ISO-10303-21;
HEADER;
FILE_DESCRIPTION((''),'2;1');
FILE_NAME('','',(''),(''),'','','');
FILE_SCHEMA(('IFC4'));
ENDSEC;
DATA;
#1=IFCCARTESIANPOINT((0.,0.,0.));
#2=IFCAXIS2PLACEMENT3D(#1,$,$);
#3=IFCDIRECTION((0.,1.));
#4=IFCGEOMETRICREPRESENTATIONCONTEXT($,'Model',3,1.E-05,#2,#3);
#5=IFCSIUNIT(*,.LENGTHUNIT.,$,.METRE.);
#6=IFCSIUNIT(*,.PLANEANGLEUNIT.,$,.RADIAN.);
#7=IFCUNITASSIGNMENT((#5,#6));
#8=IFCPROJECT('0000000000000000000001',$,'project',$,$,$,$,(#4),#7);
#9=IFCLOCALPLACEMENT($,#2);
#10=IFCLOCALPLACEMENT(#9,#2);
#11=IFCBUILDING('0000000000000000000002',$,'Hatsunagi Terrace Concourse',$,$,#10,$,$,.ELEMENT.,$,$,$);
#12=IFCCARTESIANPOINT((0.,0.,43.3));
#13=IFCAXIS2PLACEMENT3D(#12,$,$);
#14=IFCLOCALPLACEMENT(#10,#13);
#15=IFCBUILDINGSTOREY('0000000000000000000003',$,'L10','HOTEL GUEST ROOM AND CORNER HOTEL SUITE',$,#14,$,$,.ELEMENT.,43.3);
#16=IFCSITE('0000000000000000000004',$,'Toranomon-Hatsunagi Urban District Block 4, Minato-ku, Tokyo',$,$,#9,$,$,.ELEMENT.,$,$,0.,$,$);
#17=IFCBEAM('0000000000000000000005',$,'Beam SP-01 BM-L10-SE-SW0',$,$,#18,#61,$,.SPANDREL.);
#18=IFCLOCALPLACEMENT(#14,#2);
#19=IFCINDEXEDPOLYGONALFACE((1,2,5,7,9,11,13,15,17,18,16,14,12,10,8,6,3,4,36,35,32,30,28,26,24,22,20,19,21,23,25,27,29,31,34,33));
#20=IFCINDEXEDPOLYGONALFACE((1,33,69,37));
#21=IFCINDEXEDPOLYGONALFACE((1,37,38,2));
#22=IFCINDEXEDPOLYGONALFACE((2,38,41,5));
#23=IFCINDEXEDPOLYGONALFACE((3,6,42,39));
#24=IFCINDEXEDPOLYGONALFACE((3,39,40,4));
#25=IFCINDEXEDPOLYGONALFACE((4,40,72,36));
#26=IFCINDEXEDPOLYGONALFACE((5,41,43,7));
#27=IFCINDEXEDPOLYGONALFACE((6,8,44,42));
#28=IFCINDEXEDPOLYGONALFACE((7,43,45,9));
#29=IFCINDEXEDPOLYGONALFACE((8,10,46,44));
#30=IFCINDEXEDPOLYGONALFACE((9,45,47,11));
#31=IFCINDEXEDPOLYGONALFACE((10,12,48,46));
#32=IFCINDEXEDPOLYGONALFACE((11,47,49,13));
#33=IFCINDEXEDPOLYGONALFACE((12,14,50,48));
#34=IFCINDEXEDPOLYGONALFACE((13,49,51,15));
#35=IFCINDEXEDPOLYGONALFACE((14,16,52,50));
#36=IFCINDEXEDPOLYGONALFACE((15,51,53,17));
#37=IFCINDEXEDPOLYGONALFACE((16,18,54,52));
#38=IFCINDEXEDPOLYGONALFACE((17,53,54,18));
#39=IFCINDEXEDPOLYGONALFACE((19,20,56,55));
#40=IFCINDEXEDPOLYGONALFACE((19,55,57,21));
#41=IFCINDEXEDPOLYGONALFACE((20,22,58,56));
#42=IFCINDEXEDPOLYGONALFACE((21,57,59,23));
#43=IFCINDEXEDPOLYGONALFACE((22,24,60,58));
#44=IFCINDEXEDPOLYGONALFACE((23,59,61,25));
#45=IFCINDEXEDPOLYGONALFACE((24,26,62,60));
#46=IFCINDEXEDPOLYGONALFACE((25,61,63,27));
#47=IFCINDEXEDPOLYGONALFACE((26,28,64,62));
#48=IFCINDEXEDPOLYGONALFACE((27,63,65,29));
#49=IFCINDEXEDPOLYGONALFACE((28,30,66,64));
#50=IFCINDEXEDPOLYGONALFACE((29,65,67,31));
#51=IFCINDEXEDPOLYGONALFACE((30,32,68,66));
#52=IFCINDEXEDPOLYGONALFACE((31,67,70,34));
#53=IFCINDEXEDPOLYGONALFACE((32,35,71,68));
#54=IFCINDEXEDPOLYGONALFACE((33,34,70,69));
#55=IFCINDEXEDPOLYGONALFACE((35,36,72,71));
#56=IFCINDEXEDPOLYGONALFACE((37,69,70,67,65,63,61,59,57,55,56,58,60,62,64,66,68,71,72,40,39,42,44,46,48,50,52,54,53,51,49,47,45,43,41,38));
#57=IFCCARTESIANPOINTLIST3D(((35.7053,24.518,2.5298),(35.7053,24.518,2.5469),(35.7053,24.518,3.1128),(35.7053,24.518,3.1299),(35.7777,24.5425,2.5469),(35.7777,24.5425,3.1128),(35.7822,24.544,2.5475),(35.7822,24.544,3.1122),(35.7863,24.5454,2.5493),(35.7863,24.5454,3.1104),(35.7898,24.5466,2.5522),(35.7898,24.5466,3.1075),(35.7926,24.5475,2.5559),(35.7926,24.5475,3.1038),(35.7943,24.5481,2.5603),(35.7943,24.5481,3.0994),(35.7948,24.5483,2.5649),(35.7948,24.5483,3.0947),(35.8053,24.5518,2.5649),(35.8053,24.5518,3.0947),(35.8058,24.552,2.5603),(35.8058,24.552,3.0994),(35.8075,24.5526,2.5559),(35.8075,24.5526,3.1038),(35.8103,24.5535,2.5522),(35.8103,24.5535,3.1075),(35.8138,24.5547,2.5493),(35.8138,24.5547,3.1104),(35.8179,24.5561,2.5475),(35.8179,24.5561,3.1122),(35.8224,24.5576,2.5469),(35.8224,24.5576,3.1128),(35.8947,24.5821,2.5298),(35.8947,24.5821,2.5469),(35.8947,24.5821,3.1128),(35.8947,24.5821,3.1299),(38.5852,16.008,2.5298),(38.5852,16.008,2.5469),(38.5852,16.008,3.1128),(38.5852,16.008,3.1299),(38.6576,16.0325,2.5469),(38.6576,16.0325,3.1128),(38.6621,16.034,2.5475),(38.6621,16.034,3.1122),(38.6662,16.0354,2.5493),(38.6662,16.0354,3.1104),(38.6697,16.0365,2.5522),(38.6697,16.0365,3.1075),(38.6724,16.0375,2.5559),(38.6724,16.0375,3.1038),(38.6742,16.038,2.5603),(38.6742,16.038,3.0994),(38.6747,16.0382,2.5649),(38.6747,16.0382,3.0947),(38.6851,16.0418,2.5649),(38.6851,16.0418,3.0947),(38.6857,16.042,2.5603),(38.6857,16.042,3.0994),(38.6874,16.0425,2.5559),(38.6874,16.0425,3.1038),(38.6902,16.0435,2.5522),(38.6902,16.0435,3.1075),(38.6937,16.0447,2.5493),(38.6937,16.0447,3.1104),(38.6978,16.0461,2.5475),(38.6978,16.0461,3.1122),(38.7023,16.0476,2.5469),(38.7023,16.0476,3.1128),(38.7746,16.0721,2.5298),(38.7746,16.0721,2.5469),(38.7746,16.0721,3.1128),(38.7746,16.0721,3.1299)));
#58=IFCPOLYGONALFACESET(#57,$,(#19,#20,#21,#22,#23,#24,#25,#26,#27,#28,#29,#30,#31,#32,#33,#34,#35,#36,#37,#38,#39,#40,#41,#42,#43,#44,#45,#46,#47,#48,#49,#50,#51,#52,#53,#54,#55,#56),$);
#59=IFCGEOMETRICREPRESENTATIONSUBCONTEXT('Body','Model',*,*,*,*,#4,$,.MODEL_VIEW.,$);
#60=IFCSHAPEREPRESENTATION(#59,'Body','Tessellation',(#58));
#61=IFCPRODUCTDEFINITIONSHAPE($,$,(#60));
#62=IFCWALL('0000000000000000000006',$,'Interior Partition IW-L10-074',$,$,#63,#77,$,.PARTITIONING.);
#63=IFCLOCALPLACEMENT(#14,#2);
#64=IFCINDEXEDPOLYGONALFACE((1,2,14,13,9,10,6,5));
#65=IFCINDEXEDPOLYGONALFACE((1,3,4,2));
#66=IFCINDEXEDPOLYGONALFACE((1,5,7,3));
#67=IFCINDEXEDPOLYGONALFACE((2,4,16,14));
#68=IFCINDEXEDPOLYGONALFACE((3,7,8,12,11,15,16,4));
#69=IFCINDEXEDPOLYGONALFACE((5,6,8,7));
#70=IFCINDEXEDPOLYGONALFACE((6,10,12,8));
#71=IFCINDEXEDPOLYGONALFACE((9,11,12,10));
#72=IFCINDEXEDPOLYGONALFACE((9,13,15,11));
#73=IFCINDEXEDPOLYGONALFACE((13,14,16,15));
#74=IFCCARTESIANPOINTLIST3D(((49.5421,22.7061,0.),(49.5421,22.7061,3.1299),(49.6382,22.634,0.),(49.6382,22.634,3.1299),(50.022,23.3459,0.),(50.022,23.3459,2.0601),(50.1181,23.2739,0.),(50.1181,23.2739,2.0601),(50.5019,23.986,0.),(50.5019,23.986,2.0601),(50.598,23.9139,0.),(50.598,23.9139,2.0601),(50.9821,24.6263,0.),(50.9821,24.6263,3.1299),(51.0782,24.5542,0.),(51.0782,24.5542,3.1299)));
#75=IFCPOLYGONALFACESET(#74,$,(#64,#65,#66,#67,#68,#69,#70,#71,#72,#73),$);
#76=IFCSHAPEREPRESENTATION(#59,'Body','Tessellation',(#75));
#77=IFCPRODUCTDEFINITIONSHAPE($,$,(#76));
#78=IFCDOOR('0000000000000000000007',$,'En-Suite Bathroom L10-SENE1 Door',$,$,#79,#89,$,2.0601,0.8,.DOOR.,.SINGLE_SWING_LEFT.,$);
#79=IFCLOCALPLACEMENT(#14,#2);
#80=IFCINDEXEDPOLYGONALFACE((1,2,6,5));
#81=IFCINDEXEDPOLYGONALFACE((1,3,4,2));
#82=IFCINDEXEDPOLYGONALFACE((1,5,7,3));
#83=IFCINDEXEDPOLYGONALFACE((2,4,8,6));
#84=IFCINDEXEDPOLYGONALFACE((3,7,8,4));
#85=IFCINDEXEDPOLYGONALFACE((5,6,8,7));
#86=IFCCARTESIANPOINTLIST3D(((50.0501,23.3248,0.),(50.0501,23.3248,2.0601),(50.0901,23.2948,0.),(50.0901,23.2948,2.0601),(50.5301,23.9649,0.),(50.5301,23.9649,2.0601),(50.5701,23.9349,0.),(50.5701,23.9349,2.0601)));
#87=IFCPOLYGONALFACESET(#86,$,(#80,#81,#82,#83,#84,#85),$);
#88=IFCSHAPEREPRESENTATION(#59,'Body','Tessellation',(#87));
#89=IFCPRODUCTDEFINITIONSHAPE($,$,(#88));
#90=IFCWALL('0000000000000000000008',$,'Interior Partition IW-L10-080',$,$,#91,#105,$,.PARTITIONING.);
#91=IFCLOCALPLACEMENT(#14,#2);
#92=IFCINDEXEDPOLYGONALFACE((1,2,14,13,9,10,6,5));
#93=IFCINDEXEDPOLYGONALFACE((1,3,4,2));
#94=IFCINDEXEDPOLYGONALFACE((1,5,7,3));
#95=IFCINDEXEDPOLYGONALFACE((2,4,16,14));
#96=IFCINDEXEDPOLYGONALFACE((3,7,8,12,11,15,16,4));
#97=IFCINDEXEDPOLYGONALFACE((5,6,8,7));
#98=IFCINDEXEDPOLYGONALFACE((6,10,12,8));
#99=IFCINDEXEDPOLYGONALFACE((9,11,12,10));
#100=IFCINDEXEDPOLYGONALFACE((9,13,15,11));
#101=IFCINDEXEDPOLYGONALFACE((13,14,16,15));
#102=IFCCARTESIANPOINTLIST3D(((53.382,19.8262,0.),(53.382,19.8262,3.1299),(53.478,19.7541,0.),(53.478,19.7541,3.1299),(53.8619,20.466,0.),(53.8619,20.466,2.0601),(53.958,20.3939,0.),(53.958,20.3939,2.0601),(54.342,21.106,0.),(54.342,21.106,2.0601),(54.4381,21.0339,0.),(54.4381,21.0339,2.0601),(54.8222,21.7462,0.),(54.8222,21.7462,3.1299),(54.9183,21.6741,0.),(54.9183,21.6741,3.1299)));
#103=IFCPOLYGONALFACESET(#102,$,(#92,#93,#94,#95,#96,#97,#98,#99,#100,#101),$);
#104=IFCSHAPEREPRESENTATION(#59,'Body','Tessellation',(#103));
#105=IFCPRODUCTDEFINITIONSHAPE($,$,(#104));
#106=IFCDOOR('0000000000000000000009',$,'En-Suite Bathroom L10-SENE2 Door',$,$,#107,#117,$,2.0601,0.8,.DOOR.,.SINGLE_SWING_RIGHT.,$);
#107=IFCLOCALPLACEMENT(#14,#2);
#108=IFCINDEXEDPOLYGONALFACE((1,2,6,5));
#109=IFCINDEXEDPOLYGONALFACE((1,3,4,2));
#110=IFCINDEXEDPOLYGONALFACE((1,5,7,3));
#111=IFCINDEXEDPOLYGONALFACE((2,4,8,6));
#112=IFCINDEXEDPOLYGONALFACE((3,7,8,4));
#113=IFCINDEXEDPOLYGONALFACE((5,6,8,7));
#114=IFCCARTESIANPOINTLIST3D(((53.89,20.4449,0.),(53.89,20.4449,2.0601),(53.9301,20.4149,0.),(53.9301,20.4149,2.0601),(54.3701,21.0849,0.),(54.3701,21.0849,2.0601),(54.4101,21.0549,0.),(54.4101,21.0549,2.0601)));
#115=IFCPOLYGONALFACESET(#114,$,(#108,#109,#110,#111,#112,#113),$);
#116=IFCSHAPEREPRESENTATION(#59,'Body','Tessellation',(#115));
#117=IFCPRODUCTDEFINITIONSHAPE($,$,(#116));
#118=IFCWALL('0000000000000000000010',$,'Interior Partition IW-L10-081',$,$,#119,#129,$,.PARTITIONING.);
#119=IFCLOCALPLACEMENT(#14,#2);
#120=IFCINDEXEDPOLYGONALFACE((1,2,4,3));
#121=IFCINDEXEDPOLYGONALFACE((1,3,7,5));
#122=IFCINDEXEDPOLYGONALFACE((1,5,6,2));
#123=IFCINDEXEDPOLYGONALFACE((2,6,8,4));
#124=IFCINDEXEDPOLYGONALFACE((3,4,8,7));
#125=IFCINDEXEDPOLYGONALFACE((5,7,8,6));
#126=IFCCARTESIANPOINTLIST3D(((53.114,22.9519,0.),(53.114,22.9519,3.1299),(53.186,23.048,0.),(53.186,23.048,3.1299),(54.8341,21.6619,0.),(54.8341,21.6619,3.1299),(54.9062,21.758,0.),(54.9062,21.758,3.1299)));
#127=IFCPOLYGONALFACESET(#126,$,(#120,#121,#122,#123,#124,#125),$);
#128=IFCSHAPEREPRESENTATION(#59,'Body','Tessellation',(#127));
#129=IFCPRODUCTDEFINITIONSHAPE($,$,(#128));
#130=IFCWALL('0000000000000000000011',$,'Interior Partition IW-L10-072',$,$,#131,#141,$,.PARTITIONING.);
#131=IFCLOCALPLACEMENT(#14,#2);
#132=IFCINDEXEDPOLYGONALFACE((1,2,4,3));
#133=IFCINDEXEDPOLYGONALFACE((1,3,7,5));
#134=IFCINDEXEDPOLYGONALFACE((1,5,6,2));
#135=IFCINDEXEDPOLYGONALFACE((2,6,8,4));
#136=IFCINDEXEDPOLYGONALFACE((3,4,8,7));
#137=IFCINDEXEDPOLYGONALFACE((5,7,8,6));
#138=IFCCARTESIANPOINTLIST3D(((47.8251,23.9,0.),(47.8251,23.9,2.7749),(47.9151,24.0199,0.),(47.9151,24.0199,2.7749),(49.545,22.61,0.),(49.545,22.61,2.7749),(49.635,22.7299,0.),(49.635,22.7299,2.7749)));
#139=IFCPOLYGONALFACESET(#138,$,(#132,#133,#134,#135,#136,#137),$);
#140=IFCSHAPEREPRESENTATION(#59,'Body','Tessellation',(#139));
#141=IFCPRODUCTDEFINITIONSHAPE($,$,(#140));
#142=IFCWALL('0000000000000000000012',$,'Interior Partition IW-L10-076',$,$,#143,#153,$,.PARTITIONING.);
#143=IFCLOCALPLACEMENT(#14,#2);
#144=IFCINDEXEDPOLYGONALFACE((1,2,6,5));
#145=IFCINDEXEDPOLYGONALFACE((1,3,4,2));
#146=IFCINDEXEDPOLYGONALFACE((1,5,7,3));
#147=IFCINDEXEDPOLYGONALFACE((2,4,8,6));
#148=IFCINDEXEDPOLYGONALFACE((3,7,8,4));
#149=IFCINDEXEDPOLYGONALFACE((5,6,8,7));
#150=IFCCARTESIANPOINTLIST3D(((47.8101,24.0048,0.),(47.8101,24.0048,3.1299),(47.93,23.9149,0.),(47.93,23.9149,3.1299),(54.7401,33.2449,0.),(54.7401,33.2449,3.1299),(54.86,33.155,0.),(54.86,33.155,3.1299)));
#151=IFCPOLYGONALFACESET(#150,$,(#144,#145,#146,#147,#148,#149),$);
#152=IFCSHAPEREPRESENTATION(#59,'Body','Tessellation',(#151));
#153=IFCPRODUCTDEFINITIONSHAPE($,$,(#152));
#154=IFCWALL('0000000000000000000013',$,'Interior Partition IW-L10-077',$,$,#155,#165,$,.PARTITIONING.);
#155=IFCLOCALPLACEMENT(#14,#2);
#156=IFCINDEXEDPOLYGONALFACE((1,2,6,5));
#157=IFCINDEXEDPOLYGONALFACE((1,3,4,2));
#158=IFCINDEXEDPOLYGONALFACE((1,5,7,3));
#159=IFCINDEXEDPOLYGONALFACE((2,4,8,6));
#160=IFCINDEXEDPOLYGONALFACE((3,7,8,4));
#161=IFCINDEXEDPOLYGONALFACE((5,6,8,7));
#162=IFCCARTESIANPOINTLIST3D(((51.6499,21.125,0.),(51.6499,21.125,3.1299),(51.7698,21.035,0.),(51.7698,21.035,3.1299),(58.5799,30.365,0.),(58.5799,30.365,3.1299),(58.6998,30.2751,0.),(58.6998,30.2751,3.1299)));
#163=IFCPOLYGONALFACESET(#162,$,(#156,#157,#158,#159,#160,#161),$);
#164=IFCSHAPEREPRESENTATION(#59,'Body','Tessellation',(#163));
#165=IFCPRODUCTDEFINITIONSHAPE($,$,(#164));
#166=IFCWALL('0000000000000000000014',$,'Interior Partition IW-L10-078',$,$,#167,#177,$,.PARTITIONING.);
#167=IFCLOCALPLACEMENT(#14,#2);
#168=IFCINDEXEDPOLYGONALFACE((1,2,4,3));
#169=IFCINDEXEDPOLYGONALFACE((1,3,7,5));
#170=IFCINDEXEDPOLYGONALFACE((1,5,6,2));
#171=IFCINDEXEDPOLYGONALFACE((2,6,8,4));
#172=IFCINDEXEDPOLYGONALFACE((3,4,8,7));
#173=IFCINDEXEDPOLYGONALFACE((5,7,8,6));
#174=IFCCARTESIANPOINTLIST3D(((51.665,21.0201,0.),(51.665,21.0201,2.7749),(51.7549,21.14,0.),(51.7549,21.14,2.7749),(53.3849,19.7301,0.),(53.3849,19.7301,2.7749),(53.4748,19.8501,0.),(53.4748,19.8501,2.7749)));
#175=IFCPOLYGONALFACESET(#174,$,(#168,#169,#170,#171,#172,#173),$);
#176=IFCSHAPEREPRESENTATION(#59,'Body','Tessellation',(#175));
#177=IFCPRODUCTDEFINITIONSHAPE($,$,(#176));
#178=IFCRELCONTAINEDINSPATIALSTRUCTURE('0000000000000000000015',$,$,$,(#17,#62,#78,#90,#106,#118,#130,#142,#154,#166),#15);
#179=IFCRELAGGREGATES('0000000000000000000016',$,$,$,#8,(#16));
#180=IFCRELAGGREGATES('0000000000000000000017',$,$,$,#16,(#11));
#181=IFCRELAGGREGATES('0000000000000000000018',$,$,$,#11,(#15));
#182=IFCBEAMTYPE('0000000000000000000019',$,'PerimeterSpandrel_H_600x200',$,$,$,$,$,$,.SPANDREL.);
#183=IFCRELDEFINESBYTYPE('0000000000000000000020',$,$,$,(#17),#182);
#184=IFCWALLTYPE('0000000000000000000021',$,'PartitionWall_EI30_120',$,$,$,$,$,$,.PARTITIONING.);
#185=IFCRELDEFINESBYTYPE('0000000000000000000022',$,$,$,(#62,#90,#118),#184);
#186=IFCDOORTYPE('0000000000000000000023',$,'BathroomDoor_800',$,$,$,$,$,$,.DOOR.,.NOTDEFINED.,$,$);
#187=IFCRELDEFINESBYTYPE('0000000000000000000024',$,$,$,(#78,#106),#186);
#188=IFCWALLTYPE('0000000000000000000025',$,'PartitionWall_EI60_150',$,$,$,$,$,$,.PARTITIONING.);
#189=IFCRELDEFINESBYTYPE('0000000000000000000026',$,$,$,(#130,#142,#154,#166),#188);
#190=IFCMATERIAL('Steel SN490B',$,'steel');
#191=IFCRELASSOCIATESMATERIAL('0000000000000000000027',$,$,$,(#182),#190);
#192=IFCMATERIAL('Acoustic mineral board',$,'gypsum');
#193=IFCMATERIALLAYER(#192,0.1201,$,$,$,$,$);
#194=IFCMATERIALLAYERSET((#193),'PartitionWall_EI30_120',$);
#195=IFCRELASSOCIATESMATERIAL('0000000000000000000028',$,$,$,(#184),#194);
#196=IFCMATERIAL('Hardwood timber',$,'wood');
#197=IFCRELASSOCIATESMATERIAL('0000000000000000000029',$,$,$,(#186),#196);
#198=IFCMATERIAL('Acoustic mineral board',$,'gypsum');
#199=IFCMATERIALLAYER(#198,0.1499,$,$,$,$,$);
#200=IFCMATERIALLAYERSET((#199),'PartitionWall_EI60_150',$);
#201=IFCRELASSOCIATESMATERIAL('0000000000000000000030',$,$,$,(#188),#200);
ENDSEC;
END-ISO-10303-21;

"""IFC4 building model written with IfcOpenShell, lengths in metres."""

from ifc_helpers import new_model, si_unit, direction, frame, frame_2d, origin, origin_2d, place, context, subcontext, project, spatial, rectangle, i_section, extrude, material, layer, layer_set, material_profile, profile_set, type_object, element, fill, save


model = new_model("IFC4")

# Units and contexts
model_context = context("Model", 3, precision=1e-05, world=origin(), true_north=direction((0.0, 1.0)))
body_context = subcontext(model_context, "Body", "Model", "MODEL_VIEW")
ifc_project = project(units=[si_unit("LENGTHUNIT", "METRE"), si_unit("PLANEANGLEUNIT", "RADIAN")], contexts=[model_context])

# Site, building, storey
site_placement = place(None, origin())
site = spatial("IfcSite", under=ifc_project, at=site_placement, Name="Toranomon-Hatsunagi Urban District Block 4, Minato-ku, Tokyo", CompositionType="ELEMENT", RefElevation=0.0)
building_placement = place(site_placement, origin())
building = spatial("IfcBuilding", under=site, at=building_placement, Name="Hatsunagi Terrace Concourse", CompositionType="ELEMENT")
storey_placement = place(building_placement, frame((0.0, 0.0, 43.3)))
storey = spatial("IfcBuildingStorey", under=building, at=storey_placement, Name="L10", Description="HOTEL GUEST ROOM AND CORNER HOTEL SUITE", CompositionType="ELEMENT", Elevation=43.3)

# Beam
ifc_material_1 = material(Name="Steel SN490B", Category="steel")
ifc_material_profile_1 = material_profile(ifc_material_1, i_section(OverallWidth=0.2, OverallDepth=0.6001, WebThickness=0.011, FlangeThickness=0.0171, FilletRadius=0.0181, at=origin_2d()), Name="H-600x200x11x17")
ifc_profile_set_1 = profile_set([ifc_material_profile_1], Name="Steel SN490B")
beam_type_1 = type_object("IfcBeamType", Name="PerimeterSpandrel_H_600x200", PredefinedType="SPANDREL", material=ifc_profile_set_1)
beam_1_placement = place(storey_placement, frame((35.8, 24.55, 2.8298), z_axis=(0.320553, -0.94723, 0.0), x_axis=(0.94723, 0.320553, 0.0)))
element("IfcBeam", 1, at=beam_1_placement, inside=storey, type_object=beam_type_1, Name="Beam SP-01 BM-L10-SE-SW0", PredefinedType="SPANDREL", context=body_context, shape_type="SweptSolid", body=[
    extrude(i_section(OverallWidth=0.2, OverallDepth=0.6001, WebThickness=0.011, FlangeThickness=0.0171, FilletRadius=0.0181, at=origin_2d()), origin(), (0.0, 0.0, 1.0), 8.9841),
])

# Walls, openings, doors
ifc_material_2 = material(Name="Acoustic mineral board", Category="gypsum")
ifc_layer_1 = layer(ifc_material_2, 0.1201)
ifc_layer_set_1 = layer_set([ifc_layer_1], Name="PartitionWall_EI30_120")
wall_type_1 = type_object("IfcWallType", Name="PartitionWall_EI30_120", PredefinedType="PARTITIONING", material=ifc_layer_set_1)
wall_1_placement = place(storey_placement, frame((49.5901, 22.6699, 0.0), z_axis=(0.0, 0.0, 1.0), x_axis=(0.599951, 0.800037, 0.0)))
wall_1 = element("IfcWall", 2, at=wall_1_placement, inside=storey, type_object=wall_type_1, Name="Interior Partition IW-L10-074", PredefinedType="PARTITIONING", context=body_context, shape_type="SweptSolid", body=[
    extrude(rectangle(XDim=2.4001, YDim=0.1201, at=frame_2d((1.2002, 0.0))), origin(), (0.0, 0.0, 1.0), 3.1299),
])
opening_1_placement = place(wall_1_placement, frame((0.8, 0.0, 0.0)))
opening_1 = element("IfcOpeningElement", 3, at=opening_1_placement, cuts=wall_1, PredefinedType="OPENING", context=body_context, shape_type="SweptSolid", body=[
    extrude(rectangle(XDim=0.8, YDim=2.0601, at=frame_2d((0.3999, 1.03))), frame((0.0, 0.0701, 0.0), z_axis=(0.0, -1.0, 0.0), x_axis=(1.0, 0.0, 0.0)), (0.0, 0.0, 1.0), 0.1401),
])
ifc_material_3 = material(Name="Hardwood timber", Category="wood")
door_type_1 = type_object("IfcDoorType", Name="BathroomDoor_800", OperationType="NOTDEFINED", PredefinedType="DOOR", material=ifc_material_3)
door_1_placement = place(opening_1_placement, origin())
door_1 = element("IfcDoor", 4, at=door_1_placement, inside=storey, type_object=door_type_1, Name="En-Suite Bathroom L10-SENE1 Door", OperationType="SINGLE_SWING_LEFT", OverallHeight=2.0601, OverallWidth=0.8, PredefinedType="DOOR", context=body_context, shape_type="SweptSolid", body=[
    extrude(rectangle(XDim=0.8, YDim=2.0601, at=frame_2d((0.3999, 1.03))), frame((0.0, 0.0249, 0.0), z_axis=(0.0, -1.0, 0.0), x_axis=(1.0, 0.0, 0.0)), (0.0, 0.0, 1.0), 0.05),
])
fill(opening_1, door_1)
wall_2_placement = place(storey_placement, frame((53.4299, 19.79, 0.0), z_axis=(0.0, 0.0, 1.0), x_axis=(0.600065, 0.799951, 0.0)))
wall_2 = element("IfcWall", 5, at=wall_2_placement, inside=storey, type_object=wall_type_1, Name="Interior Partition IW-L10-080", PredefinedType="PARTITIONING", context=body_context, shape_type="SweptSolid", body=[
    extrude(rectangle(XDim=2.4001, YDim=0.1201, at=frame_2d((1.2002, 0.0))), origin(), (0.0, 0.0, 1.0), 3.1299),
])
opening_2_placement = place(wall_2_placement, frame((0.8, 0.0, 0.0)))
opening_2 = element("IfcOpeningElement", 6, at=opening_2_placement, cuts=wall_2, PredefinedType="OPENING", context=body_context, shape_type="SweptSolid", body=[
    extrude(rectangle(XDim=0.8, YDim=2.0601, at=frame_2d((0.3999, 1.03))), frame((0.0, 0.0701, 0.0), z_axis=(0.0, -1.0, 0.0), x_axis=(1.0, 0.0, 0.0)), (0.0, 0.0, 1.0), 0.1401),
])
door_2_placement = place(opening_2_placement, origin())
door_2 = element("IfcDoor", 7, at=door_2_placement, inside=storey, type_object=door_type_1, Name="En-Suite Bathroom L10-SENE2 Door", OperationType="SINGLE_SWING_RIGHT", OverallHeight=2.0601, OverallWidth=0.8, PredefinedType="DOOR", context=body_context, shape_type="SweptSolid", body=[
    extrude(rectangle(XDim=0.8, YDim=2.0601, at=frame_2d((0.3999, 1.03))), frame((0.0, 0.0249, 0.0), z_axis=(0.0, -1.0, 0.0), x_axis=(1.0, 0.0, 0.0)), (0.0, 0.0, 1.0), 0.05),
])
fill(opening_2, door_2)

# Wall
wall_3_placement = place(storey_placement, frame((53.1499, 23.0, 0.0), z_axis=(0.0, 0.0, 1.0), x_axis=(0.800027, -0.599964, 0.0)))
element("IfcWall", 8, at=wall_3_placement, inside=storey, type_object=wall_type_1, Name="Interior Partition IW-L10-081", PredefinedType="PARTITIONING", context=body_context, shape_type="SweptSolid", body=[
    extrude(rectangle(XDim=2.1501, YDim=0.1201, at=frame_2d((1.0752, 0.0))), origin(), (0.0, 0.0, 1.0), 3.1299),
])

# Shared definitions
ifc_material_4 = material(Name="Acoustic mineral board", Category="gypsum")
ifc_layer_2 = layer(ifc_material_4, 0.1499)
ifc_layer_set_2 = layer_set([ifc_layer_2], Name="PartitionWall_EI60_150")
wall_type_2 = type_object("IfcWallType", Name="PartitionWall_EI60_150", PredefinedType="PARTITIONING", material=ifc_layer_set_2)

# Wall
wall_4_placement = place(storey_placement, frame((47.8701, 23.96, 0.0), z_axis=(0.0, 0.0, 1.0), x_axis=(0.799986, -0.600018, 0.0)))
element("IfcWall", 9, at=wall_4_placement, inside=storey, type_object=wall_type_2, Name="Interior Partition IW-L10-072", PredefinedType="PARTITIONING", context=body_context, shape_type="SweptSolid", body=[
    extrude(rectangle(XDim=2.1499, YDim=0.1499, at=frame_2d((1.075, 0.0))), origin(), (0.0, 0.0, 1.0), 2.7749),
])

# Walls
for number, where, z_axis, x_axis, name in (
    (10, (47.8701, 23.96, 0.0), (0.0, 0.0, 1.0), (0.599997, 0.800003, 0.0), "Interior Partition IW-L10-076"),
    (11, (51.71, 21.0801, 0.0), (0.0, 0.0, 1.0), (0.599997, 0.800003, 0.0), "Interior Partition IW-L10-077"),
):
    element("IfcWall", number, at=place(storey_placement, frame(where, z_axis=z_axis, x_axis=x_axis)), inside=storey, type_object=wall_type_2, Name=name, PredefinedType="PARTITIONING", context=body_context, shape_type="SweptSolid", body=[
        extrude(rectangle(XDim=11.55, YDim=0.1499, at=frame_2d((5.7749, 0.0))), origin(), (0.0, 0.0, 1.0), 3.1299),
    ])
wall_5_placement = place(storey_placement, frame((51.71, 21.0801, 0.0), z_axis=(0.0, 0.0, 1.0), x_axis=(0.799986, -0.600018, 0.0)))
element("IfcWall", 12, at=wall_5_placement, inside=storey, type_object=wall_type_2, Name="Interior Partition IW-L10-078", PredefinedType="PARTITIONING", context=body_context, shape_type="SweptSolid", body=[
    extrude(rectangle(XDim=2.1499, YDim=0.1499, at=frame_2d((1.075, 0.0))), origin(), (0.0, 0.0, 1.0), 2.7749),
])

save(model, "model.ifc")
